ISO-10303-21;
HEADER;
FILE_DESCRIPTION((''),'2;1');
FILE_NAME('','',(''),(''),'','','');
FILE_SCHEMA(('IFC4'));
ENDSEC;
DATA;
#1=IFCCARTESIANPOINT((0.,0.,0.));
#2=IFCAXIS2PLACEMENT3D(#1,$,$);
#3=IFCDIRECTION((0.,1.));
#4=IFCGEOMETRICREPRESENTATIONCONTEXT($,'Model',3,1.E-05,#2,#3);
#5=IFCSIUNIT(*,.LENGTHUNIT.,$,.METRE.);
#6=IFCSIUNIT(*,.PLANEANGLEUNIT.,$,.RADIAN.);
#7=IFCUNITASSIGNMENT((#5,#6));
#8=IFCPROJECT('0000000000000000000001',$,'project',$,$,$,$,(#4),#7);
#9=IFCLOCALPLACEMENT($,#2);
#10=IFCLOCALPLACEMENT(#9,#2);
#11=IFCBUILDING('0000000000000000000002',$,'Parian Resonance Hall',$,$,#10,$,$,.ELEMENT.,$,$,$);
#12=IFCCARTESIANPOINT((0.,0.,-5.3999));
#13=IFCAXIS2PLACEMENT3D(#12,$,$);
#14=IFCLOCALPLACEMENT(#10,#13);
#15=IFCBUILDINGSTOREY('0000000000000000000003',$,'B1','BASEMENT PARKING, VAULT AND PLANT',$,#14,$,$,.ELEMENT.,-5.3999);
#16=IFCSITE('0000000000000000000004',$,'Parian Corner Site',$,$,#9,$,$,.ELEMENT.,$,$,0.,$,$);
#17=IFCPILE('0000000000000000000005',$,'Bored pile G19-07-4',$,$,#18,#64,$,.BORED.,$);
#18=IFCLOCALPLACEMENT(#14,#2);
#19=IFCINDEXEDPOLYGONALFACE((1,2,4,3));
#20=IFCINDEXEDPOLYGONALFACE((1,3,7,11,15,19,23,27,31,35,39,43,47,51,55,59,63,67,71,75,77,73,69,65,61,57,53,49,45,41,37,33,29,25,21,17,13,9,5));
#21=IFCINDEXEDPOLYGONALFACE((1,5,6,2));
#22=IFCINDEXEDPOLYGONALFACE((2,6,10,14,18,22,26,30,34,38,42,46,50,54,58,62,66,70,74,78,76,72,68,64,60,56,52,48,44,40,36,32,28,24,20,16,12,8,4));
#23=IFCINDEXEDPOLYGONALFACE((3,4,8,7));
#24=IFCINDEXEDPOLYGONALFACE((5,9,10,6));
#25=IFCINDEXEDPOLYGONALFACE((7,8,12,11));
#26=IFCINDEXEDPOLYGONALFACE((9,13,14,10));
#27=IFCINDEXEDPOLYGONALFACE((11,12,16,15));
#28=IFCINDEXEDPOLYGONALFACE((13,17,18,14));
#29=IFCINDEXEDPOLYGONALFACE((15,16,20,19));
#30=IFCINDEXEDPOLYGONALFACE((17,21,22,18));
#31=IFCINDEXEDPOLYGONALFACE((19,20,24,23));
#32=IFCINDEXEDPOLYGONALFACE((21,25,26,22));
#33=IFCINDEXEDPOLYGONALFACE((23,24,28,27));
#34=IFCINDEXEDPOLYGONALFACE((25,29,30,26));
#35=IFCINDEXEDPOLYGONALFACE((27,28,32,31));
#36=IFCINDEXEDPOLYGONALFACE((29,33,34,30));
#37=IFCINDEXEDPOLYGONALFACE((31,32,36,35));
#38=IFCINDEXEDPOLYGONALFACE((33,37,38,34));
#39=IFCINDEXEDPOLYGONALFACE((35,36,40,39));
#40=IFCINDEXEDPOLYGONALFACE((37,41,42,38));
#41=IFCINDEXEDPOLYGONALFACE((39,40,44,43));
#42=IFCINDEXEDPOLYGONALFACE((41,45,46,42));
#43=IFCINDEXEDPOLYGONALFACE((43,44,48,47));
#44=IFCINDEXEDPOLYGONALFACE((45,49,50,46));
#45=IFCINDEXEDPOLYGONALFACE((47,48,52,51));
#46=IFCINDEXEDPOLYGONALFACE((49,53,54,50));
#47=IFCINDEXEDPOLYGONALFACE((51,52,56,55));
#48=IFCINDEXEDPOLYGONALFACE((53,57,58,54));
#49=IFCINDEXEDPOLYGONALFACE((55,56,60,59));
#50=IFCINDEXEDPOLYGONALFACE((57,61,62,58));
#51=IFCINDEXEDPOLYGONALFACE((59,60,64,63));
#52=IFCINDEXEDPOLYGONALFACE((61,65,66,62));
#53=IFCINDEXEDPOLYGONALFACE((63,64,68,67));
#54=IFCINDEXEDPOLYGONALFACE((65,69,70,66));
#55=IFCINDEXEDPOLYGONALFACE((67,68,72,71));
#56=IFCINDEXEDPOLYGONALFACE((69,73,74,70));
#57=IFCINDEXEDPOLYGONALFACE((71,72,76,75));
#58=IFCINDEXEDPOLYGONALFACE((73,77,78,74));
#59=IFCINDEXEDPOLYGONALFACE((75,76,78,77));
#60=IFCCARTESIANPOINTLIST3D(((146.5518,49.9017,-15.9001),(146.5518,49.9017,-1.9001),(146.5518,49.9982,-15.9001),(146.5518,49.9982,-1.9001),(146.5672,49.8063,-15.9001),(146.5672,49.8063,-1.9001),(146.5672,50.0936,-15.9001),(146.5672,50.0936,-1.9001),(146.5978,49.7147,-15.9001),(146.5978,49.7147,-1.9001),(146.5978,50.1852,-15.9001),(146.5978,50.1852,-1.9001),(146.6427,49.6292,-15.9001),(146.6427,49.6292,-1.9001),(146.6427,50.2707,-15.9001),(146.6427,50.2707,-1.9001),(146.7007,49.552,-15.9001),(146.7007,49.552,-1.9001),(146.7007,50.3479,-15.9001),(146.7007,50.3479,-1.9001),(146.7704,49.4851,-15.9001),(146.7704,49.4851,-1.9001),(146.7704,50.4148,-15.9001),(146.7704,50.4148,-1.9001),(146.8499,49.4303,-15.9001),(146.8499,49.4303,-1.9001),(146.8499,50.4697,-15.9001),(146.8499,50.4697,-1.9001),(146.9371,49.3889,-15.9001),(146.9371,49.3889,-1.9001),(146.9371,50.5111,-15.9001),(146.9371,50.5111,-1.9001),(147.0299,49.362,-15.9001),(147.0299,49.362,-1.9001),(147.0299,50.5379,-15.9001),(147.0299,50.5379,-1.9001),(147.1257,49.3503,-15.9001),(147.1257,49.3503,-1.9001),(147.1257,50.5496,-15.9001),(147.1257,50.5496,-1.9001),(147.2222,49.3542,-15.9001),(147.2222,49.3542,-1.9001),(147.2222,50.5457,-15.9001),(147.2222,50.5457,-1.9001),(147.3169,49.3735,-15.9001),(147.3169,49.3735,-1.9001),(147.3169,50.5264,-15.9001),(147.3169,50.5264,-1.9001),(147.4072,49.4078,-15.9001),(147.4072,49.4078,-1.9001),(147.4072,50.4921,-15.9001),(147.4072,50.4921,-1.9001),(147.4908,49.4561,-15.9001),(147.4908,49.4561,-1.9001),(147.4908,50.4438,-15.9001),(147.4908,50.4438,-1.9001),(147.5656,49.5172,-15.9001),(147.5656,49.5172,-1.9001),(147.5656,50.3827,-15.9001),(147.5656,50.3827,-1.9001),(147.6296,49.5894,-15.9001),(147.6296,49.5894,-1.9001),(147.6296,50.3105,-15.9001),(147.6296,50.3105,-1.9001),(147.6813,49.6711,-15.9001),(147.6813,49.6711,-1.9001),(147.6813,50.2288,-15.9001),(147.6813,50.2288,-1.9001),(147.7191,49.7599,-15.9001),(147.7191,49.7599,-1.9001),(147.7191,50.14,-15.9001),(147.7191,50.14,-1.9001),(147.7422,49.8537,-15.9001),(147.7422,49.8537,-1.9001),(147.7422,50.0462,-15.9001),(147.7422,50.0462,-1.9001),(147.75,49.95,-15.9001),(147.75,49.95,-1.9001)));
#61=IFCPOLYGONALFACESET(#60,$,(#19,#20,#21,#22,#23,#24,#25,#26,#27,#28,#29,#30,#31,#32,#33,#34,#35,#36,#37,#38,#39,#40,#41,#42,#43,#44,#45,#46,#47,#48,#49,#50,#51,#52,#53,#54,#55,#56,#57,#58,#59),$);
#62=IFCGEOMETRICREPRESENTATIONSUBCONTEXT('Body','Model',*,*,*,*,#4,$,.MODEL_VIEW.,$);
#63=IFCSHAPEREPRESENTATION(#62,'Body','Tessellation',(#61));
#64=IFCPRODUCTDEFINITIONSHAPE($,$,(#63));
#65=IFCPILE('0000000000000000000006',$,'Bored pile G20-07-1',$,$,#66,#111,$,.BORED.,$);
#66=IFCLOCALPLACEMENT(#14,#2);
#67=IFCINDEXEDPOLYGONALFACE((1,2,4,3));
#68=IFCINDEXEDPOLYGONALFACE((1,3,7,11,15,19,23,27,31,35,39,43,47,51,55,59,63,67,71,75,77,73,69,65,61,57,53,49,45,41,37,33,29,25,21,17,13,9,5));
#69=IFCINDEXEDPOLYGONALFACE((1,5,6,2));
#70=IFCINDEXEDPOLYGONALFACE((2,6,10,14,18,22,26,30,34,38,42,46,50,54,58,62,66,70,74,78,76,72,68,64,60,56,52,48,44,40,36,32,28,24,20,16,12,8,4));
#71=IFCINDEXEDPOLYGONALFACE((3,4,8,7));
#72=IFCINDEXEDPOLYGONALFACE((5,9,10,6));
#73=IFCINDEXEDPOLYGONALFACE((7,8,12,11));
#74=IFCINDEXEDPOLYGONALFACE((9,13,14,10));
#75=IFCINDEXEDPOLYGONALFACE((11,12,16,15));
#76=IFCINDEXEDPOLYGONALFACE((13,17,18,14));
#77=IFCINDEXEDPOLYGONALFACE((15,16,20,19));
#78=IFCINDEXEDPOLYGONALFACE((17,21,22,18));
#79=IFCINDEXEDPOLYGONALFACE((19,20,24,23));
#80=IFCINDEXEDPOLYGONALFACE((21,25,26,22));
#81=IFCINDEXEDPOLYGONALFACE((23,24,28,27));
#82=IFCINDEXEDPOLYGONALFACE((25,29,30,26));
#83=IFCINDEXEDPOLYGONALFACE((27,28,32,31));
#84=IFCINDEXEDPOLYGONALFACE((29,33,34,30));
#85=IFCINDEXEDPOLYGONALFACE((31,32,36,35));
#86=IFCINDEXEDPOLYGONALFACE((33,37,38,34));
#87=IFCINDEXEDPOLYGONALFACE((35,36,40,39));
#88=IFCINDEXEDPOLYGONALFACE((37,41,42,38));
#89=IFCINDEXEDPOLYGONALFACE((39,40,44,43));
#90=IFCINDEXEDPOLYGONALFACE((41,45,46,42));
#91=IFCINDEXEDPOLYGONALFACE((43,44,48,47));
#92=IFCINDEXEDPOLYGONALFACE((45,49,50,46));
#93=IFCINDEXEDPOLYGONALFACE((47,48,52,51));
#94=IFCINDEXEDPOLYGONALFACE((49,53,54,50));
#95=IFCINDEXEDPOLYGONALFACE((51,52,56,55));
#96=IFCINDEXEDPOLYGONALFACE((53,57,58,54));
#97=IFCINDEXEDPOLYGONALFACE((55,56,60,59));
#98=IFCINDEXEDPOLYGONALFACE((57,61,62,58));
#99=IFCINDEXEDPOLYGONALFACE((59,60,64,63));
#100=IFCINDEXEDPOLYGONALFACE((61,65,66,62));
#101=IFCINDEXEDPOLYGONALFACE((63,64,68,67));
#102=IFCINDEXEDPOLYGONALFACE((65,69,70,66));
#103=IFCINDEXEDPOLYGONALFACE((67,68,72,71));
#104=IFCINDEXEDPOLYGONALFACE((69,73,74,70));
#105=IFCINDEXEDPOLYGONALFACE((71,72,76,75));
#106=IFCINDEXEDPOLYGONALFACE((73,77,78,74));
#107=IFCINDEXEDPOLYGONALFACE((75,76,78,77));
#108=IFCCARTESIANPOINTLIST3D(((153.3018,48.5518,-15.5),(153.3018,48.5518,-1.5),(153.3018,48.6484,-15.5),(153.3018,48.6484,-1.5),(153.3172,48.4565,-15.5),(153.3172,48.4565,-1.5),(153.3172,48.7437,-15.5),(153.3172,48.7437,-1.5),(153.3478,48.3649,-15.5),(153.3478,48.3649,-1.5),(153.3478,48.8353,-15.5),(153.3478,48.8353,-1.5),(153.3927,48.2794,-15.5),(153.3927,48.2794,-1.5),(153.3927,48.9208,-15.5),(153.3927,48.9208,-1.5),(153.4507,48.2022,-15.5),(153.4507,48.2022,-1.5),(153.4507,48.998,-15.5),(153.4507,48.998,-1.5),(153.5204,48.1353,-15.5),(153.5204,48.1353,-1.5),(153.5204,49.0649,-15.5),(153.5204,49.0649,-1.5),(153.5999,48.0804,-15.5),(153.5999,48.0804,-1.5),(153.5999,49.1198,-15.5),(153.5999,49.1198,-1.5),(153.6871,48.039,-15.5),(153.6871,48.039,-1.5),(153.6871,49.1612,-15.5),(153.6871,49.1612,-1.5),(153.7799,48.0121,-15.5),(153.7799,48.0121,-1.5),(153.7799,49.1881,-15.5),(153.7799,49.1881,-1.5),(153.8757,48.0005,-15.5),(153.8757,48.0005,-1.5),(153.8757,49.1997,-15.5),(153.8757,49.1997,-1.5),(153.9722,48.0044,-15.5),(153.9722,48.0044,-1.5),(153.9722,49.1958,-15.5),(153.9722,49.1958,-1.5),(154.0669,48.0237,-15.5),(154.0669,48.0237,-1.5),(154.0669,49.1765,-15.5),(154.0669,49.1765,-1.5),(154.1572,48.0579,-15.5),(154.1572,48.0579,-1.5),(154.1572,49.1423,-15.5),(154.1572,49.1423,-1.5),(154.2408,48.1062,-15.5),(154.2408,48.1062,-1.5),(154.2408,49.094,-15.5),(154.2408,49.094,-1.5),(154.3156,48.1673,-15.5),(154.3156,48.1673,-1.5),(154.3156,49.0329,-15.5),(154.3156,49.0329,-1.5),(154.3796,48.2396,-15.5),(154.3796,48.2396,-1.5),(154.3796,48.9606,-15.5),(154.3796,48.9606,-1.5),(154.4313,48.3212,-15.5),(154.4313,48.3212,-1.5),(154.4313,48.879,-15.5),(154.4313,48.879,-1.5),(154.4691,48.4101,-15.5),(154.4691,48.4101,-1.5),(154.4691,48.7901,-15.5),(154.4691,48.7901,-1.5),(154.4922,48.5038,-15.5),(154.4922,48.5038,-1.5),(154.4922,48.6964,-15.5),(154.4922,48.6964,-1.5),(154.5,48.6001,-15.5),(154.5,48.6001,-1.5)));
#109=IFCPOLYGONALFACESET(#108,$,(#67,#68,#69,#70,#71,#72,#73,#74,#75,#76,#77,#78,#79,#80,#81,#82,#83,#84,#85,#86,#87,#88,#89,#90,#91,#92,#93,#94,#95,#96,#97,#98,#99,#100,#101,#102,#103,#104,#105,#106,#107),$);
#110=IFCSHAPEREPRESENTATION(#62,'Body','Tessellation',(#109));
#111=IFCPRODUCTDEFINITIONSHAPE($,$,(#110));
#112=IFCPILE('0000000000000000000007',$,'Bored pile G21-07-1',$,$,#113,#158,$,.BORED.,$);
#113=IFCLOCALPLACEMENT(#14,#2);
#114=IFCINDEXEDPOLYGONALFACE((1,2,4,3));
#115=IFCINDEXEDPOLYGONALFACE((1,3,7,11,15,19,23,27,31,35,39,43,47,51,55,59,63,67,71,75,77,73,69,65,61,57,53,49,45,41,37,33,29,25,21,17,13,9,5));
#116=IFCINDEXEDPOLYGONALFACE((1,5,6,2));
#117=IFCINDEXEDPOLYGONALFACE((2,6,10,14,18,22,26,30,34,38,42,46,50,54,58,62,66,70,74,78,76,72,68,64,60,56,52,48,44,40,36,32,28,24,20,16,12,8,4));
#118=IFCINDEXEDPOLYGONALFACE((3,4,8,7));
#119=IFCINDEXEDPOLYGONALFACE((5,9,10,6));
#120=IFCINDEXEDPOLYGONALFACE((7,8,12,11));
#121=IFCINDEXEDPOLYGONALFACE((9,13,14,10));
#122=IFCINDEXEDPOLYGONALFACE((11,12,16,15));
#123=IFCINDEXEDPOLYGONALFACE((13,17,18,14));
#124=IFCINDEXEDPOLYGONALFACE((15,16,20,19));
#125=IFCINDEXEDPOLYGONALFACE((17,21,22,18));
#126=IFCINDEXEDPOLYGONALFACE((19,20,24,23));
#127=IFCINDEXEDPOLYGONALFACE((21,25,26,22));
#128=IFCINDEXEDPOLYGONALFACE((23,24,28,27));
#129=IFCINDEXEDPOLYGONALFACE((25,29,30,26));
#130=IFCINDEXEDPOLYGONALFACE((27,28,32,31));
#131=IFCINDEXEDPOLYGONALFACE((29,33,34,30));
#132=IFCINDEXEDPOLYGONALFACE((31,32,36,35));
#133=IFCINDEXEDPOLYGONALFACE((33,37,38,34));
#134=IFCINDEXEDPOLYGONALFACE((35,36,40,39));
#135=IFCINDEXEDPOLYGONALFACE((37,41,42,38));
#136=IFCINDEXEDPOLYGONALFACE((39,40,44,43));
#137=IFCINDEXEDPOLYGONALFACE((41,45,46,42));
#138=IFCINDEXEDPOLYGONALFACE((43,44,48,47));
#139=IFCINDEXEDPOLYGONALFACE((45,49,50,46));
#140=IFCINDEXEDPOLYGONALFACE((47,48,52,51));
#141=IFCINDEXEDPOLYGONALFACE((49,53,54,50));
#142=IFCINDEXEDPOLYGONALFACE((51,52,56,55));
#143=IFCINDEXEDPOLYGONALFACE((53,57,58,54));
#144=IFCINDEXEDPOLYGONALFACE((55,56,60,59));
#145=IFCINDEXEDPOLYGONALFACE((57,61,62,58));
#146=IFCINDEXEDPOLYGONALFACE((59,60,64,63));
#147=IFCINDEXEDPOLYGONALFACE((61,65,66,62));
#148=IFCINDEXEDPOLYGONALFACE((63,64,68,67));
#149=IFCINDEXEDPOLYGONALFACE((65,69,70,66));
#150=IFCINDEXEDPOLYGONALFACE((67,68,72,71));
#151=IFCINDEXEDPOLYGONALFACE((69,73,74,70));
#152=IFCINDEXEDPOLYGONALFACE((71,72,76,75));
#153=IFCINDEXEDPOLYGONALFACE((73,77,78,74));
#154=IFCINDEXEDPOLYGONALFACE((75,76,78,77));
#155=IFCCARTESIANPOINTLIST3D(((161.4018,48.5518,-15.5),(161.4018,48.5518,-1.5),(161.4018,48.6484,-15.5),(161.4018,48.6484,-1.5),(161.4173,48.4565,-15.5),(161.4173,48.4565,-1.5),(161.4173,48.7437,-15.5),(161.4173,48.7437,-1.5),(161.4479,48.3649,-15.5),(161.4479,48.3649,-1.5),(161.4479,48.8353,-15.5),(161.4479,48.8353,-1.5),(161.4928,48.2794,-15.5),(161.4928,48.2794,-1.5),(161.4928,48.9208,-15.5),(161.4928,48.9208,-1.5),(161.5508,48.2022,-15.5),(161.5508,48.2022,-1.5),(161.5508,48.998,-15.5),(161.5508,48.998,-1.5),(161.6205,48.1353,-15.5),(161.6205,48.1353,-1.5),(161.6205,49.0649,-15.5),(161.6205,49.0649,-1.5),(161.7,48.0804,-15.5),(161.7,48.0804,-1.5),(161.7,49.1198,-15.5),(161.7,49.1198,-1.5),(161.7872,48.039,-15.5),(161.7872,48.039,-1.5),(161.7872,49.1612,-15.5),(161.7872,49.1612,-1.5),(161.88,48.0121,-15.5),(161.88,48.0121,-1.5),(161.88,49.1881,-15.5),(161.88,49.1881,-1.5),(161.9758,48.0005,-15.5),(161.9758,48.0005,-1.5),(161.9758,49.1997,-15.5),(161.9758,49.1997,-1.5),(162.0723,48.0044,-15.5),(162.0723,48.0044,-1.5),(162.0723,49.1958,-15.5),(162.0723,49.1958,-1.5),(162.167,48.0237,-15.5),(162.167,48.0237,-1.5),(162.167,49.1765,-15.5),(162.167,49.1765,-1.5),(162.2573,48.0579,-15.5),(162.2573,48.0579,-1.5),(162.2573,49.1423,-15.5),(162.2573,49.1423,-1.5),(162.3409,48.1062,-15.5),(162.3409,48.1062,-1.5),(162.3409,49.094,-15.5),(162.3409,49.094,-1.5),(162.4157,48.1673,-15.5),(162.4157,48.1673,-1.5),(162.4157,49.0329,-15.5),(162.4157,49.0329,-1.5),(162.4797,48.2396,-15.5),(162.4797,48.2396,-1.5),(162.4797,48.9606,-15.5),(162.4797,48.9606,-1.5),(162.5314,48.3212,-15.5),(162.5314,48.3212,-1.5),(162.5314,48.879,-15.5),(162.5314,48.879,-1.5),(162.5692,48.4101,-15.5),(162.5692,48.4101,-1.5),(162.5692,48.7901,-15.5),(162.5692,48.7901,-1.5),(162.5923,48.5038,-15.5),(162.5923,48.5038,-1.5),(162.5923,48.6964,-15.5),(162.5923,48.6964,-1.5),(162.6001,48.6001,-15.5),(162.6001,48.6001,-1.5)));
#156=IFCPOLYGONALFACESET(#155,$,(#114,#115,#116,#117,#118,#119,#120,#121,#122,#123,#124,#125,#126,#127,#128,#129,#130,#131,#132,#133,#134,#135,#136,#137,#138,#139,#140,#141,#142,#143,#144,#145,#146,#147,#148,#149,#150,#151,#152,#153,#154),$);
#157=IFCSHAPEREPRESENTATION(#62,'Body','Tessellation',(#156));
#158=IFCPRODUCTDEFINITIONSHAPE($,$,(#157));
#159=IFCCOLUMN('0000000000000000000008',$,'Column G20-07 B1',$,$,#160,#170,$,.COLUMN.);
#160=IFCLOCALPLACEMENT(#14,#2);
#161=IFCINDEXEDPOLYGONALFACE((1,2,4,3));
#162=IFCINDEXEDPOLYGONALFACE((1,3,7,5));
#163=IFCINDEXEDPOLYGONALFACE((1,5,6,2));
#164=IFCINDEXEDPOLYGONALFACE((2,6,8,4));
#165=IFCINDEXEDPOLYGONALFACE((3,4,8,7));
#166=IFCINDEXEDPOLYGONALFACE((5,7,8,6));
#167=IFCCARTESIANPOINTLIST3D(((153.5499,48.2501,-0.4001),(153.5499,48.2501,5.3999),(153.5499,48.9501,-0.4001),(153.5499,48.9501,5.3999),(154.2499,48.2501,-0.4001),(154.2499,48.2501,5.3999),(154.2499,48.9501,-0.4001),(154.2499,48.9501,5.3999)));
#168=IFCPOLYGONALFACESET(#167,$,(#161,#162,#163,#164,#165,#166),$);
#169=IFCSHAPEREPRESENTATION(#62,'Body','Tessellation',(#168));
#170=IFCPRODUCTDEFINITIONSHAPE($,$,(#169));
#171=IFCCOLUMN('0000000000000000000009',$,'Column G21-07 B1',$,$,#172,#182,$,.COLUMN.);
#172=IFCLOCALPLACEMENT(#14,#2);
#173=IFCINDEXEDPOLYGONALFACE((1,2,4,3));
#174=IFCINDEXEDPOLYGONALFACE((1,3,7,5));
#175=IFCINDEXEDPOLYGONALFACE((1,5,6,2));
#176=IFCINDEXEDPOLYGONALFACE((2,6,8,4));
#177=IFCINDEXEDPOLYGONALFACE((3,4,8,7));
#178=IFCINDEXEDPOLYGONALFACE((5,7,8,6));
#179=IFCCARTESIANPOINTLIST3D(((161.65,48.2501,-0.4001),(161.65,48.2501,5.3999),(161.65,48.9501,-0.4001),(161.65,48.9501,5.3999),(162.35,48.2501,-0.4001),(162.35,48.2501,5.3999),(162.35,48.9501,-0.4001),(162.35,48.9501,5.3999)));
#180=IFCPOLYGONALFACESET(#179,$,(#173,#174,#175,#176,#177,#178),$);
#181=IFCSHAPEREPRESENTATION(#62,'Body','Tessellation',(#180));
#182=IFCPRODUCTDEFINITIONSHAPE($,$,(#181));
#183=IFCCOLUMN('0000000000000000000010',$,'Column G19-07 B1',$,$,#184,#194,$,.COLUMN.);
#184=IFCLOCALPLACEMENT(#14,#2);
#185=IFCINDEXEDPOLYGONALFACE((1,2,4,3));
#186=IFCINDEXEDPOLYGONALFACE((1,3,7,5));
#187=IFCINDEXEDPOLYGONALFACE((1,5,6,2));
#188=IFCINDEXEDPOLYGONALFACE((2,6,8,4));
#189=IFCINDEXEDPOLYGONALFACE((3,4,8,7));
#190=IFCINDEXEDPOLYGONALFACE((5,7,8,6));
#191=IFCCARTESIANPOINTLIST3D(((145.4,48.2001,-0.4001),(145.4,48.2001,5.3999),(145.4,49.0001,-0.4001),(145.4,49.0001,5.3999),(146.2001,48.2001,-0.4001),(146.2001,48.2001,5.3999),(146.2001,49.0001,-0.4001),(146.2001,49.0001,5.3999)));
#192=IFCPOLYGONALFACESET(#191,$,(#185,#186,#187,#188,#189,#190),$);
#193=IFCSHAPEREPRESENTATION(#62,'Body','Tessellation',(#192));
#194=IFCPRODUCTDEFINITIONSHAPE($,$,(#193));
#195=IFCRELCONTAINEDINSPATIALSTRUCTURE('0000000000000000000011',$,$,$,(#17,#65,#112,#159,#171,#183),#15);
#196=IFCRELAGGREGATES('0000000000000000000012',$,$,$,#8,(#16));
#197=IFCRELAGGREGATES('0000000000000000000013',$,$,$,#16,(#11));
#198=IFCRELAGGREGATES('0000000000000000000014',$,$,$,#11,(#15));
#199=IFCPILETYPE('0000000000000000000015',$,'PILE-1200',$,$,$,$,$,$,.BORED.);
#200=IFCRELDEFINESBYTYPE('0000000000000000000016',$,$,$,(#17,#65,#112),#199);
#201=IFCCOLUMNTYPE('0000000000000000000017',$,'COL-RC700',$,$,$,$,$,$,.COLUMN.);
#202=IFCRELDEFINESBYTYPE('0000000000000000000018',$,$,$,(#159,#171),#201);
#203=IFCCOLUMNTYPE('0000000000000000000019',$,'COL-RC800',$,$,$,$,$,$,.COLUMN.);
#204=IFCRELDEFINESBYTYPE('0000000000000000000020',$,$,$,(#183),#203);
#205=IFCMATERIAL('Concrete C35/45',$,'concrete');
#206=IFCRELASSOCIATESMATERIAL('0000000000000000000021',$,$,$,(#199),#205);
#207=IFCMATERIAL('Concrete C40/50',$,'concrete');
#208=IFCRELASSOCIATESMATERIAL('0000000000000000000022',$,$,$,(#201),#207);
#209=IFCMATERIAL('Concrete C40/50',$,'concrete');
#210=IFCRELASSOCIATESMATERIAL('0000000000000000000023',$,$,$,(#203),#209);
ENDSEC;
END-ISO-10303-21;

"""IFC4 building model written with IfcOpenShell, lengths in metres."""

from ifc_helpers import new_model, si_unit, direction, frame, origin, origin_2d, place, context, subcontext, project, spatial, rectangle, circle, extrude, material, material_profile, profile_set, type_object, element, save


model = new_model("IFC4")

# Units and contexts
model_context = context("Model", 3, precision=1e-05, world=origin(), true_north=direction((0.0, 1.0)))
body_context = subcontext(model_context, "Body", "Model", "MODEL_VIEW")
ifc_project = project(units=[si_unit("LENGTHUNIT", "METRE"), si_unit("PLANEANGLEUNIT", "RADIAN")], contexts=[model_context])

# Site, building, storey
site_placement = place(None, origin())
site = spatial("IfcSite", under=ifc_project, at=site_placement, Name="Parian Corner Site", CompositionType="ELEMENT", RefElevation=0.0)
building_placement = place(site_placement, origin())
building = spatial("IfcBuilding", under=site, at=building_placement, Name="Parian Resonance Hall", CompositionType="ELEMENT")
storey_placement = place(building_placement, frame((0.0, 0.0, -5.3999)))
storey = spatial("IfcBuildingStorey", under=building, at=storey_placement, Name="B1", Description="BASEMENT PARKING, VAULT AND PLANT", CompositionType="ELEMENT", Elevation=-5.3999)

# Piles
ifc_material_1 = material(Name="Concrete C35/45", Category="concrete")
ifc_material_profile_1 = material_profile(ifc_material_1, circle(Radius=0.6001, at=origin_2d()), Name="PILE-D1200")
ifc_profile_set_1 = profile_set([ifc_material_profile_1], Name="Concrete C35/45")
pile_type = type_object("IfcPileType", Name="PILE-1200", PredefinedType="BORED", material=ifc_profile_set_1)
for number, where, z_axis, x_axis, name in (
    (1, (147.1499, 49.95, -1.9001), (0.0, 0.0, -1.0), (1.0, 0.0, 0.0), "Bored pile G19-07-4"),
    (2, (153.8999, 48.6001, -1.5), (0.0, 0.0, -1.0), (1.0, 0.0, 0.0), "Bored pile G20-07-1"),
    (3, (162.0, 48.6001, -1.5), (0.0, 0.0, -1.0), (1.0, 0.0, 0.0), "Bored pile G21-07-1"),
):
    element("IfcPile", number, at=place(storey_placement, frame(where, z_axis=z_axis, x_axis=x_axis)), inside=storey, type_object=pile_type, Name=name, PredefinedType="BORED", context=body_context, shape_type="SweptSolid", body=[
        extrude(circle(Radius=0.6001, at=origin_2d()), origin(), (0.0, 0.0, 1.0), 14.0),
    ])

# Columns
ifc_material_2 = material(Name="Concrete C40/50", Category="concrete")
ifc_material_profile_2 = material_profile(ifc_material_2, rectangle(XDim=0.7, YDim=0.7, at=origin_2d()), Name="RC-COL-700x700")
ifc_profile_set_2 = profile_set([ifc_material_profile_2], Name="Concrete C40/50")
column_type_1 = type_object("IfcColumnType", Name="COL-RC700", PredefinedType="COLUMN", material=ifc_profile_set_2)
for number, where, z_axis, x_axis, name in (
    (4, (153.8999, 48.6001, -0.4001), (0.0, 0.0, 1.0), (1.0, 0.0, 0.0), "Column G20-07 B1"),
    (5, (162.0, 48.6001, -0.4001), (0.0, 0.0, 1.0), (1.0, 0.0, 0.0), "Column G21-07 B1"),
):
    element("IfcColumn", number, at=place(storey_placement, frame(where, z_axis=z_axis, x_axis=x_axis)), inside=storey, type_object=column_type_1, Name=name, PredefinedType="COLUMN", context=body_context, shape_type="SweptSolid", body=[
        extrude(rectangle(XDim=0.7, YDim=0.7, at=origin_2d()), origin(), (0.0, 0.0, 1.0), 5.8),
    ])
ifc_material_3 = material(Name="Concrete C40/50", Category="concrete")
ifc_material_profile_3 = material_profile(ifc_material_3, rectangle(XDim=0.8, YDim=0.8, at=origin_2d()), Name="RC-COL-800x800")
ifc_profile_set_3 = profile_set([ifc_material_profile_3], Name="Concrete C40/50")
column_type_2 = type_object("IfcColumnType", Name="COL-RC800", PredefinedType="COLUMN", material=ifc_profile_set_3)
column_placement = place(storey_placement, frame((145.8, 48.6001, -0.4001), z_axis=(0.0, 0.0, 1.0), x_axis=(1.0, 0.0, 0.0)))
element("IfcColumn", 6, at=column_placement, inside=storey, type_object=column_type_2, Name="Column G19-07 B1", PredefinedType="COLUMN", context=body_context, shape_type="SweptSolid", body=[
    extrude(rectangle(XDim=0.8, YDim=0.8, at=origin_2d()), origin(), (0.0, 0.0, 1.0), 5.8),
])

save(model, "model.ifc")
